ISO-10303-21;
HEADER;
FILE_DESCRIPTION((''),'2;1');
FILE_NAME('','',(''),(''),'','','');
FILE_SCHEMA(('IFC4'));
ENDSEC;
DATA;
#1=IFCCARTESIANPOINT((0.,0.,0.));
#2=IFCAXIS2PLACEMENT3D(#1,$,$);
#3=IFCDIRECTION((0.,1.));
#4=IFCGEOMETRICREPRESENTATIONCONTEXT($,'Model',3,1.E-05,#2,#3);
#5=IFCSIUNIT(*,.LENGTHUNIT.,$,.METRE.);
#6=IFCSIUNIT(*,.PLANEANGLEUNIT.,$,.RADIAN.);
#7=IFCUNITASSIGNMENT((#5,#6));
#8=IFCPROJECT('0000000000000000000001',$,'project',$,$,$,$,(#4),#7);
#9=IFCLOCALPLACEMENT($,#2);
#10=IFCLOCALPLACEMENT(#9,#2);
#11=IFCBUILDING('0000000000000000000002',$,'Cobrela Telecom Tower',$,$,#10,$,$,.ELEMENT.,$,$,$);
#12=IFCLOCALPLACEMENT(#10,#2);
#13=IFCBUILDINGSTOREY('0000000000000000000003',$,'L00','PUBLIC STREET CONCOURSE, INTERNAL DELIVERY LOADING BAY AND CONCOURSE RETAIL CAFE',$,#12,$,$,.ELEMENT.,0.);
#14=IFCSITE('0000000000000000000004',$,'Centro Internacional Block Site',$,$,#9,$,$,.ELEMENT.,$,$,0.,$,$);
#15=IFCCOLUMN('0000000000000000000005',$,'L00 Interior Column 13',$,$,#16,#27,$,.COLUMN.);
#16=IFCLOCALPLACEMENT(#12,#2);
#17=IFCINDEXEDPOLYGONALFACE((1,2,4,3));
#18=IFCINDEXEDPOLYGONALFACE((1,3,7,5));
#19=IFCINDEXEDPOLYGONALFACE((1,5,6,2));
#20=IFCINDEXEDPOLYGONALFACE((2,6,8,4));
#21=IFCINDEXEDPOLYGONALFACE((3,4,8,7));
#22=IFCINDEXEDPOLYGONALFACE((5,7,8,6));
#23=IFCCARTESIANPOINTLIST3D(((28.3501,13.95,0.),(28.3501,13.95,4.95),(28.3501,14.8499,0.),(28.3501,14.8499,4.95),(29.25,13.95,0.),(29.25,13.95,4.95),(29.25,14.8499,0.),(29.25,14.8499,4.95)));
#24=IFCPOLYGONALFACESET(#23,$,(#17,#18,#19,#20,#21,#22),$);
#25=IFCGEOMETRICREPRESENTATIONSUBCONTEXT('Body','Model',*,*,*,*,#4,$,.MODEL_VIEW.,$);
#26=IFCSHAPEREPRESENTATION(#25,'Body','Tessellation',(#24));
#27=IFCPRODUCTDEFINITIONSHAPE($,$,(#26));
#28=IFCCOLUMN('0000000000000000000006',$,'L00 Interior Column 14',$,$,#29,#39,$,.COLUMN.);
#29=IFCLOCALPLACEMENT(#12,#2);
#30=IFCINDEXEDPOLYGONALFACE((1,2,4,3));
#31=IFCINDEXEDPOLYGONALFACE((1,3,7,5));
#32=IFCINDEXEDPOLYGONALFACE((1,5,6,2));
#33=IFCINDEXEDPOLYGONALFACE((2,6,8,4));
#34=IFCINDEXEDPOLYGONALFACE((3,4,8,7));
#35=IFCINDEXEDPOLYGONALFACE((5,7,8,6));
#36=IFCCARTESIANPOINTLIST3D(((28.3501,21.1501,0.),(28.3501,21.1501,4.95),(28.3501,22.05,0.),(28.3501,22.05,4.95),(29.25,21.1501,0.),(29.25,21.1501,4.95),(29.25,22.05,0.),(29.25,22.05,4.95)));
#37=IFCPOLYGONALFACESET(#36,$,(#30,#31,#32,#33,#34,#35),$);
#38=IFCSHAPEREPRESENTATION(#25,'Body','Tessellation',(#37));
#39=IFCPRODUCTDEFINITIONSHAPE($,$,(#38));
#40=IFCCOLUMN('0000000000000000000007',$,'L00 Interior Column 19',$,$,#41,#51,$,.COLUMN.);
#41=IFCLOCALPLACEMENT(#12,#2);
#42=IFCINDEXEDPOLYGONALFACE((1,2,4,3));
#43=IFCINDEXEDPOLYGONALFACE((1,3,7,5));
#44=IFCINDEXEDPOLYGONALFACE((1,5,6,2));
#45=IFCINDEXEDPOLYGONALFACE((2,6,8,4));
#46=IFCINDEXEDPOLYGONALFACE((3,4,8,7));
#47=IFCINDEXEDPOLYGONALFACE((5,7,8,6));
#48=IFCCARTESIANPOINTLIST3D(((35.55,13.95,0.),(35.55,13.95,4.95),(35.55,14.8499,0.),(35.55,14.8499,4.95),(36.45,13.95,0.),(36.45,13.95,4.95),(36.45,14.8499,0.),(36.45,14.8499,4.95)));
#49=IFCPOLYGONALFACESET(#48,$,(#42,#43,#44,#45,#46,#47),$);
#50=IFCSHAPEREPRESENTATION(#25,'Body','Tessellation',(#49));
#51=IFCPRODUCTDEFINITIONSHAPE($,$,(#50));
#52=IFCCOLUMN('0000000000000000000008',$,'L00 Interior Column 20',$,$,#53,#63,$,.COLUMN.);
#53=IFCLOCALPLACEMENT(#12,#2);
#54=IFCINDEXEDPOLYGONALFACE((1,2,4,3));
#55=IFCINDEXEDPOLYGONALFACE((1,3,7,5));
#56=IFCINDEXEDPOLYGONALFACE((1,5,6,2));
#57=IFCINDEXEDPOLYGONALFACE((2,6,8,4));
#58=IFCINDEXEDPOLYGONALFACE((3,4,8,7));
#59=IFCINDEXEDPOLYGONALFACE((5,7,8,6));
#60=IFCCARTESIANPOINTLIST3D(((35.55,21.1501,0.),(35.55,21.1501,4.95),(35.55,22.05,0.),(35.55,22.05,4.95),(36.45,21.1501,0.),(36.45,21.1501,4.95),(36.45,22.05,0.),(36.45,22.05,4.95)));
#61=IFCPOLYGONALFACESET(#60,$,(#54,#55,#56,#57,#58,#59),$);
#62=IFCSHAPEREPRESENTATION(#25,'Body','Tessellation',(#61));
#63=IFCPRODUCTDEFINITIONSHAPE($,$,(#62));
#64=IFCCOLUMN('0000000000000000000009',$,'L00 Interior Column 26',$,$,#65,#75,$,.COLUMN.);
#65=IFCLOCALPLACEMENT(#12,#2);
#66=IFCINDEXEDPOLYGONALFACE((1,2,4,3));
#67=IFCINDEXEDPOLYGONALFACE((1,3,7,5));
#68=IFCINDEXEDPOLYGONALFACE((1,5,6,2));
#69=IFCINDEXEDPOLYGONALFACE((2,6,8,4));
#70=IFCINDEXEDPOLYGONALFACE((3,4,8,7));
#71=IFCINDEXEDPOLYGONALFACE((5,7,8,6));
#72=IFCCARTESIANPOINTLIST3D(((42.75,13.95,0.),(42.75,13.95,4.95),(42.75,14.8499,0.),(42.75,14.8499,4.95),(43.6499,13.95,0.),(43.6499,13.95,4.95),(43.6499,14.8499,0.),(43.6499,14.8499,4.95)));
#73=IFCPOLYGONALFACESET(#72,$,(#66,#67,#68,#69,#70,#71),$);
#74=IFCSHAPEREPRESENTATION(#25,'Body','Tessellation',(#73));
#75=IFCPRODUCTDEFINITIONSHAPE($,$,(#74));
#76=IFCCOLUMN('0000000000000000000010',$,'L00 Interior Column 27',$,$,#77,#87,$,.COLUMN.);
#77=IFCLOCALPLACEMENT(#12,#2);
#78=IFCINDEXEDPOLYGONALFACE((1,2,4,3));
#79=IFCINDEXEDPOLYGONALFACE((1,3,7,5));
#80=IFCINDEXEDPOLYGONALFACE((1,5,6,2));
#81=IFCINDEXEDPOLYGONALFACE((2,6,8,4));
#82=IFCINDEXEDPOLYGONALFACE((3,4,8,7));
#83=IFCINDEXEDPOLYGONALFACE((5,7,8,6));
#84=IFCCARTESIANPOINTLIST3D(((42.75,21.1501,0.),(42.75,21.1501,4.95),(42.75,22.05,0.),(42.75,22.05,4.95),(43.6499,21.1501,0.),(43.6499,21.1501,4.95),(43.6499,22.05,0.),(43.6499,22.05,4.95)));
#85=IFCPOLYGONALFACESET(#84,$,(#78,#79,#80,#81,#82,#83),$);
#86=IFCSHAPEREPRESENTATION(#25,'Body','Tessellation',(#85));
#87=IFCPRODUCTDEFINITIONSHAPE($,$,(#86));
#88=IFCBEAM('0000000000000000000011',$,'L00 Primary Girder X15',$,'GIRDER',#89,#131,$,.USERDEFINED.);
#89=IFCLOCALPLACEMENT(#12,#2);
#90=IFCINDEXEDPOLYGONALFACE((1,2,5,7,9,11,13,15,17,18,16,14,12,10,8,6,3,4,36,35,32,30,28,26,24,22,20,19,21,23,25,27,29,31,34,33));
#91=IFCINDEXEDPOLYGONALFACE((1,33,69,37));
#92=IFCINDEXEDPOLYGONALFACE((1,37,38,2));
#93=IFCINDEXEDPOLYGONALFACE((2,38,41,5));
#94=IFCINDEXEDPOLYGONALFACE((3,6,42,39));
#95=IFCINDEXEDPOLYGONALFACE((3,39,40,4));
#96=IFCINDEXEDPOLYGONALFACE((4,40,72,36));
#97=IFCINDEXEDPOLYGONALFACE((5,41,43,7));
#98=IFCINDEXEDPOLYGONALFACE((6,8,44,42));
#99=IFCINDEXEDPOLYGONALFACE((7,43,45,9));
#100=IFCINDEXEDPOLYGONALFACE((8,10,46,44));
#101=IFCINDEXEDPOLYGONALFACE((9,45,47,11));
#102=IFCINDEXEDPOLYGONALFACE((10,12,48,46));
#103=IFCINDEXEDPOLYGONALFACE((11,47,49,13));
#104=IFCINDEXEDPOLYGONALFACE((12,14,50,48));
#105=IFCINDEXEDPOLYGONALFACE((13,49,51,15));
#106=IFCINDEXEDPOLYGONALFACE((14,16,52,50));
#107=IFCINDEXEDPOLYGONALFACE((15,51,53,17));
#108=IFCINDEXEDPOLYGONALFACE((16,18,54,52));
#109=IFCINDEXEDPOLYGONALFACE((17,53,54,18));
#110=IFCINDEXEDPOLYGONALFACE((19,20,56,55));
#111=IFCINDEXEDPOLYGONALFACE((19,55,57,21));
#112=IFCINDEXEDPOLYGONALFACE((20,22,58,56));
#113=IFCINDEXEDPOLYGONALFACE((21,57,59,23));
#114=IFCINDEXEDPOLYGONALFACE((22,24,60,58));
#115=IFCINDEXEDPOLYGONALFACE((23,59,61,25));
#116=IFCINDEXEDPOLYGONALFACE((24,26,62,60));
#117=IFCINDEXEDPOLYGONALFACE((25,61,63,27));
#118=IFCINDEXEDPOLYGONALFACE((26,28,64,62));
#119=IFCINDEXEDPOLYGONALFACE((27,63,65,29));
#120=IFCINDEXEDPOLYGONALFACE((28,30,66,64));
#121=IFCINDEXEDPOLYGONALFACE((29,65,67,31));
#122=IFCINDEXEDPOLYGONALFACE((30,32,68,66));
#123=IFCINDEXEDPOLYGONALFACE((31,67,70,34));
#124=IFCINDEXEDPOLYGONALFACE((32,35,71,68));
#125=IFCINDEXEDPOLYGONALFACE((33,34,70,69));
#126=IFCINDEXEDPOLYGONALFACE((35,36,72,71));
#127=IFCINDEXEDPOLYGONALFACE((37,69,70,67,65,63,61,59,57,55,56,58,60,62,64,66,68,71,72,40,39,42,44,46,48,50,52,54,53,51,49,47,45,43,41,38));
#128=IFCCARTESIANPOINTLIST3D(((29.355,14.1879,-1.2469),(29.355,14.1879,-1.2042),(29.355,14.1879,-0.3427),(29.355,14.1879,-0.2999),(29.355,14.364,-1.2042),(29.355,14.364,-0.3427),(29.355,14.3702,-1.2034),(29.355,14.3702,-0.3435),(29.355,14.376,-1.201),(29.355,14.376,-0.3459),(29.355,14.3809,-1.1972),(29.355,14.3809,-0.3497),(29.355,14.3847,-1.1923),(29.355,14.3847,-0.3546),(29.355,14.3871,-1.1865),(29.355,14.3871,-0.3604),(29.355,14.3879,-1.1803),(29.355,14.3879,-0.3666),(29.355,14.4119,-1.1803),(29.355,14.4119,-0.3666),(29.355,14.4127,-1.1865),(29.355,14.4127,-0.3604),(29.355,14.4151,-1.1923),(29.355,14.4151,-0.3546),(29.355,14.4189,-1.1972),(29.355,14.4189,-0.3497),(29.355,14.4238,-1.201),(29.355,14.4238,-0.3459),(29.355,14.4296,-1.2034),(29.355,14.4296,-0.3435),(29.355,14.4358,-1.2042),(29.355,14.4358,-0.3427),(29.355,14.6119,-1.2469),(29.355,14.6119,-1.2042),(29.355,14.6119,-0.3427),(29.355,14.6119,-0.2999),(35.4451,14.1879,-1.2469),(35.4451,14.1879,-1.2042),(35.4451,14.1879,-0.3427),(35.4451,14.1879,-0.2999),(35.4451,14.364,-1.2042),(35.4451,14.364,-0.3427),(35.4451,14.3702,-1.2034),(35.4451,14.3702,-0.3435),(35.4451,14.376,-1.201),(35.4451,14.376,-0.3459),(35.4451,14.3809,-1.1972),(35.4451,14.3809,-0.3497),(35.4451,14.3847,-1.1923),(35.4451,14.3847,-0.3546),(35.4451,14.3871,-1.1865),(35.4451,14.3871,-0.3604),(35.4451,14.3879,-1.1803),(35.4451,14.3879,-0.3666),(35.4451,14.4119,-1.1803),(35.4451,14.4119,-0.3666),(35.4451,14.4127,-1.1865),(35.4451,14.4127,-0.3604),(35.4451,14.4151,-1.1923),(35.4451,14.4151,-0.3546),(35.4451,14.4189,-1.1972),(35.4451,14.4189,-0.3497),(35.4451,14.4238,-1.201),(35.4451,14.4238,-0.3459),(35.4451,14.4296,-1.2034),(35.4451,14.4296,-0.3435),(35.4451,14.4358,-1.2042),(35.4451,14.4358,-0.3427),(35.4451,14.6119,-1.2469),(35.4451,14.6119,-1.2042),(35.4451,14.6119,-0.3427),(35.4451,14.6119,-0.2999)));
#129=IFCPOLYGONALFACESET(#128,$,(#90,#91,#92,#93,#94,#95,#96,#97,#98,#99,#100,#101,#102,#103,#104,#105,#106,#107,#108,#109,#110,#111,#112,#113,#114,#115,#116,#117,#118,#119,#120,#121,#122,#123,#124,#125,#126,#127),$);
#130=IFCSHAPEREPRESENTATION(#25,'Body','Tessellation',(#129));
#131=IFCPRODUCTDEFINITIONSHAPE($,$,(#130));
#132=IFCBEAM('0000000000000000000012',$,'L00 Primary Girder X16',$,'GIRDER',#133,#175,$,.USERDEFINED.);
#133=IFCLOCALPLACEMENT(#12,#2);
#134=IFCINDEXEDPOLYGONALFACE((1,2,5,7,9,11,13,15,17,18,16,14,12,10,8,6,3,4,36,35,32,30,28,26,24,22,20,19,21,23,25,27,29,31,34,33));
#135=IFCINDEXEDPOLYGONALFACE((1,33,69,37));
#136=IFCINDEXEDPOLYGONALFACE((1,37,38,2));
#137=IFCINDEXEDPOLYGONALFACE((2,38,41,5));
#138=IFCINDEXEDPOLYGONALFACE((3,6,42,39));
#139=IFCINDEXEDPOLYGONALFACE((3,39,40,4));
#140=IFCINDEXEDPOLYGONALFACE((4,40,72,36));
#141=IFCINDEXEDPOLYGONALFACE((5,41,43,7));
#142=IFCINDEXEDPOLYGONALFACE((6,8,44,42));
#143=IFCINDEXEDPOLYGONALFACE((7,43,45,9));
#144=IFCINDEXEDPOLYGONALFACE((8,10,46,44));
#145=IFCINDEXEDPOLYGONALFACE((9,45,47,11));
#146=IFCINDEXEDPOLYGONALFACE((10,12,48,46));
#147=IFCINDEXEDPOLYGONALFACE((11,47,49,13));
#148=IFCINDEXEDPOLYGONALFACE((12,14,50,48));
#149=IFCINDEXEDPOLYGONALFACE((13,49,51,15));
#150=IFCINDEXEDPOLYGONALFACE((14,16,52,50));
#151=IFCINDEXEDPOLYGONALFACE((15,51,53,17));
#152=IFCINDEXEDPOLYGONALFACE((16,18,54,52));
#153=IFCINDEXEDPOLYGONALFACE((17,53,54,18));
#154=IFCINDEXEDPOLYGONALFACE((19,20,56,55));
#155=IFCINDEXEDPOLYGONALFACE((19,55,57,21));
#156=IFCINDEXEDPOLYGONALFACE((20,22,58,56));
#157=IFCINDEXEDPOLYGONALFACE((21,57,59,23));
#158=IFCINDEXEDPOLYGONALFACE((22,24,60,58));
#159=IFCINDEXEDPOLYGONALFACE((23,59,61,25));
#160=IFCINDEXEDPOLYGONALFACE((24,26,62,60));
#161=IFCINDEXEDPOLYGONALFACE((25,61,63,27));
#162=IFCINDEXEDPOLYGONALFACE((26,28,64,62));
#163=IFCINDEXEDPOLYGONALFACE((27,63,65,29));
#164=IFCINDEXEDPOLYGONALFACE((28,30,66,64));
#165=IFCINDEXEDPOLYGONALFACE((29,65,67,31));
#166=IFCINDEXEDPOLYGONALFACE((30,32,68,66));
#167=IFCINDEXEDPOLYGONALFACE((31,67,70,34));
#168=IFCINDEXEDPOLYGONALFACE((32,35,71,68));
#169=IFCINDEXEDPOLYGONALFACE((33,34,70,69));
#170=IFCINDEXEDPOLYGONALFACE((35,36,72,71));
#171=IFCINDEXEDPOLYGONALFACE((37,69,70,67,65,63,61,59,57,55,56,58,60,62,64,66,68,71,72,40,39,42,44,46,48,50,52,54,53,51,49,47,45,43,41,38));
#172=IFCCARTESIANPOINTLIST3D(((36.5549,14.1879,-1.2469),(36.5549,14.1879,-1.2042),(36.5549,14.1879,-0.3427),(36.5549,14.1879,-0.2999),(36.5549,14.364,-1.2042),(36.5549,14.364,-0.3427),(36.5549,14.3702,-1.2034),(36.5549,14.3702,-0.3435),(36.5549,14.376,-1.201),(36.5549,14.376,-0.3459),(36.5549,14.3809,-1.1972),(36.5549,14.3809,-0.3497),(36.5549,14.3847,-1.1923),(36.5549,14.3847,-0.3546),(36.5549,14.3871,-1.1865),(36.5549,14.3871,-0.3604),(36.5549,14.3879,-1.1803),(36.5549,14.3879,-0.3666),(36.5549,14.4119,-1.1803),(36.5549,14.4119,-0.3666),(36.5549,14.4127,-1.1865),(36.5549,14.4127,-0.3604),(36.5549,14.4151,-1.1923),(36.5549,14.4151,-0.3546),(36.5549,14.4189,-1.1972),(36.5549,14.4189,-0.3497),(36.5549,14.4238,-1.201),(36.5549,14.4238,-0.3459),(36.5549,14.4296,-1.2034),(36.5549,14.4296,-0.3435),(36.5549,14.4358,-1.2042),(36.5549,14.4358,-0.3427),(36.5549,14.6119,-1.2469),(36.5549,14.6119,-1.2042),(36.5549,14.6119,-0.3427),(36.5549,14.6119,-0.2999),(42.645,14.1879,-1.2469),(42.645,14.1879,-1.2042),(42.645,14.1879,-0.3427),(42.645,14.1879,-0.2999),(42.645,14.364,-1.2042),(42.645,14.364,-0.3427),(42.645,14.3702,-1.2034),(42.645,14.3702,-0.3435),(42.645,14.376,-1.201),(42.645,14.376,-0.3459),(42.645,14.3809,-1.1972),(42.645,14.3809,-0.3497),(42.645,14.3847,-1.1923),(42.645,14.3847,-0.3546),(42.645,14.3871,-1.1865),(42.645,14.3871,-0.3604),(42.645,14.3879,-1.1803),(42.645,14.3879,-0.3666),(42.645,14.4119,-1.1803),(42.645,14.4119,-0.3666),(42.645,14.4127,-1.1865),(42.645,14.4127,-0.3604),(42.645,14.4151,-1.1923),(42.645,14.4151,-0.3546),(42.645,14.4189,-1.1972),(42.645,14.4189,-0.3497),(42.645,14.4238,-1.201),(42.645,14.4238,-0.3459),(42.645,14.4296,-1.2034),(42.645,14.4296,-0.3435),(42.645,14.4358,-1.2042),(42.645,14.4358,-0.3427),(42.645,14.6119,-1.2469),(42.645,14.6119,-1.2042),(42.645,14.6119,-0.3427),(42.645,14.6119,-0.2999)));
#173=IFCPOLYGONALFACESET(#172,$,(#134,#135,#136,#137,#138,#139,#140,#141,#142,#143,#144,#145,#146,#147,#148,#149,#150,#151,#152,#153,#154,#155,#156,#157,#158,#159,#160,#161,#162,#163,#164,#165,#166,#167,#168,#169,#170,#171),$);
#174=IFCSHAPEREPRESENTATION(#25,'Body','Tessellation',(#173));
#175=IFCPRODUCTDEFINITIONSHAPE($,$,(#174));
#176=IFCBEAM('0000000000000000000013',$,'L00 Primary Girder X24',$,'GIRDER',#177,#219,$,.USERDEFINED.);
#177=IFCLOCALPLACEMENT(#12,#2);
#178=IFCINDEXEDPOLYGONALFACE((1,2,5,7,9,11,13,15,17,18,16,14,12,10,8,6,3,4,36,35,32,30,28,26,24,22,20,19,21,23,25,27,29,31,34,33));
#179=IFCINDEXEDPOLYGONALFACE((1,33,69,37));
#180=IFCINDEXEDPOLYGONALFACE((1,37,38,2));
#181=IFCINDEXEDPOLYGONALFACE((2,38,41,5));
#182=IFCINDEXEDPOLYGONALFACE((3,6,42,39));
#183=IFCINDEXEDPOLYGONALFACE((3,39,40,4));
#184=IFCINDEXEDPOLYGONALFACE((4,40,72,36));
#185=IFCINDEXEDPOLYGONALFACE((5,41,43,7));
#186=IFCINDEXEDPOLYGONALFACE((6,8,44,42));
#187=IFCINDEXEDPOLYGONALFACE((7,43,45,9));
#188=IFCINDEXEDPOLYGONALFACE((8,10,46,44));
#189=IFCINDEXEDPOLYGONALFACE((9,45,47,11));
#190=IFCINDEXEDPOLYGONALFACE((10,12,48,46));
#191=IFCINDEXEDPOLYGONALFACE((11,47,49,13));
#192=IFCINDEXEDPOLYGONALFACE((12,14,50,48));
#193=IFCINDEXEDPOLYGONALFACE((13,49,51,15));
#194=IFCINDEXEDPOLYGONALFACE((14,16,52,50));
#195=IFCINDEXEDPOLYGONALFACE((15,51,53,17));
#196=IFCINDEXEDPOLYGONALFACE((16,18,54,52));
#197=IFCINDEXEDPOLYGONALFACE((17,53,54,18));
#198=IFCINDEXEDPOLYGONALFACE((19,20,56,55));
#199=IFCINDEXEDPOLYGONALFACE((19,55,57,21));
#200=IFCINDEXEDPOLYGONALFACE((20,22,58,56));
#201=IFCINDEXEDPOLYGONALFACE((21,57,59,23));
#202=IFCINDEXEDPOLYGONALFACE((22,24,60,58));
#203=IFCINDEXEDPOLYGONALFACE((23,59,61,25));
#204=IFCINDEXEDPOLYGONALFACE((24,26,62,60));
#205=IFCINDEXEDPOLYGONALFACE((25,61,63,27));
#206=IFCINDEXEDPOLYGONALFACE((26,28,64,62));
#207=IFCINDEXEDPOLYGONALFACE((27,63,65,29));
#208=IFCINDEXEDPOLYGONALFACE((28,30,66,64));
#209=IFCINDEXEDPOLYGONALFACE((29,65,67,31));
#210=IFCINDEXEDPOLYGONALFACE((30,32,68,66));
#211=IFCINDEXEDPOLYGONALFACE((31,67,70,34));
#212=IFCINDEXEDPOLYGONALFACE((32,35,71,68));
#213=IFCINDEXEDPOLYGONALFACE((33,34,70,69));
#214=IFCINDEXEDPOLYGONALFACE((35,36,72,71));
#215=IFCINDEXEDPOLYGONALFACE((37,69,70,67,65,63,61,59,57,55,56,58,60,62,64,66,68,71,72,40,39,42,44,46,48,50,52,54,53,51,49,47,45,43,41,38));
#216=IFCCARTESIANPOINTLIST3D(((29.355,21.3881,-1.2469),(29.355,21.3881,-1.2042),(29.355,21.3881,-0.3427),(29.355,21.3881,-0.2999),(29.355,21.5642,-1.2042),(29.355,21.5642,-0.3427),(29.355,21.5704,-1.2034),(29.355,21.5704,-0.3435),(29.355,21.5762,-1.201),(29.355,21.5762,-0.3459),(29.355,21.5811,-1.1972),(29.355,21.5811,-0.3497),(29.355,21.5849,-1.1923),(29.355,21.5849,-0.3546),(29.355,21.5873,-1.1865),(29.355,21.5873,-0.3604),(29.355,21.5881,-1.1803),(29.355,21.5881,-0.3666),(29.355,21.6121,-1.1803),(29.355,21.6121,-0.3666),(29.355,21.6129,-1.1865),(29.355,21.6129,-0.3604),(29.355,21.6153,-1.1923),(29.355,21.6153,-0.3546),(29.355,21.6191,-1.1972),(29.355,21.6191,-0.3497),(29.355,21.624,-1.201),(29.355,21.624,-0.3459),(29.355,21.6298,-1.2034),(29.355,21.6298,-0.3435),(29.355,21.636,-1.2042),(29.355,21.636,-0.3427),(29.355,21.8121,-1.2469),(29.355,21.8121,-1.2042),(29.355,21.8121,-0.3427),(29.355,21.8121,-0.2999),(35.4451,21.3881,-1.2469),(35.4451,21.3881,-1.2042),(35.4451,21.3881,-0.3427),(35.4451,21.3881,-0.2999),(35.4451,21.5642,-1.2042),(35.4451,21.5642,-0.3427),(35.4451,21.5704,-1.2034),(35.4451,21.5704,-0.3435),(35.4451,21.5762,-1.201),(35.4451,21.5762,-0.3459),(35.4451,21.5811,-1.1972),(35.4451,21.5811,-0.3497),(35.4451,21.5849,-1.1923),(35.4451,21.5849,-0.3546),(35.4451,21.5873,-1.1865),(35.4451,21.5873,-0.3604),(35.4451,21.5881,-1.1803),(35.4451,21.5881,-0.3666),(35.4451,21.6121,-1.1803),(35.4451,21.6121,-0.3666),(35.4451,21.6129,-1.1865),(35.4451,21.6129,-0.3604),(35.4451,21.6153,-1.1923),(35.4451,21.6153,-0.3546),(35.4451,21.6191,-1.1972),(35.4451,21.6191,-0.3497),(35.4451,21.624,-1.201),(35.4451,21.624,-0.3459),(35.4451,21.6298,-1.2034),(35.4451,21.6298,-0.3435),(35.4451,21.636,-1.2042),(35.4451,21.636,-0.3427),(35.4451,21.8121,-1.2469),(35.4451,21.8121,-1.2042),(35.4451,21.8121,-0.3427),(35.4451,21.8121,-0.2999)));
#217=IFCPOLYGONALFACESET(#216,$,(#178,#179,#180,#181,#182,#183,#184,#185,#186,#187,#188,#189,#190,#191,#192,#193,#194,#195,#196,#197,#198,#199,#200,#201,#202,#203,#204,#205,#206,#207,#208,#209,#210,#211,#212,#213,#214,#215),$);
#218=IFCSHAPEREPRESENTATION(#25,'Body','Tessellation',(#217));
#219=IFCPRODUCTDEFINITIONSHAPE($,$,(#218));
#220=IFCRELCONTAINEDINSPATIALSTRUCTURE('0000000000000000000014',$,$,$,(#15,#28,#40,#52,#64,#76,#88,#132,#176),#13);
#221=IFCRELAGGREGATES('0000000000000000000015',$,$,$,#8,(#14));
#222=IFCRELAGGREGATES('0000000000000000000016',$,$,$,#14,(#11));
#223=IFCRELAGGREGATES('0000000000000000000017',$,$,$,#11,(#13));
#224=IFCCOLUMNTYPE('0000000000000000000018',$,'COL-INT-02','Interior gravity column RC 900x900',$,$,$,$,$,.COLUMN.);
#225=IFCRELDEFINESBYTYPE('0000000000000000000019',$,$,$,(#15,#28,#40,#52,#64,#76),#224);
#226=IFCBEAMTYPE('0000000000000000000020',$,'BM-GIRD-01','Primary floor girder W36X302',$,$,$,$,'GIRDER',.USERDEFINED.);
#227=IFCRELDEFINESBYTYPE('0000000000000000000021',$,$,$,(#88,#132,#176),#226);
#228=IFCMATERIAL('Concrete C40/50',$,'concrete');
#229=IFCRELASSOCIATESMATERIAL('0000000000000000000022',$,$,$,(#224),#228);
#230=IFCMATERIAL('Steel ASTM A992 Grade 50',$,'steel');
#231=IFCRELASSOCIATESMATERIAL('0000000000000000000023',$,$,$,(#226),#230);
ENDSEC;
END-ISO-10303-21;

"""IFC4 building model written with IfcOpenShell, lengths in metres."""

from ifc_helpers import new_model, si_unit, direction, frame, origin, origin_2d, place, context, subcontext, project, spatial, rectangle, i_section, extrude, material, material_profile, profile_set, type_object, element, save


model = new_model("IFC4")

# Units and contexts
model_context = context("Model", 3, precision=1e-05, world=origin(), true_north=direction((0.0, 1.0)))
body_context = subcontext(model_context, "Body", "Model", "MODEL_VIEW")
ifc_project = project(units=[si_unit("LENGTHUNIT", "METRE"), si_unit("PLANEANGLEUNIT", "RADIAN")], contexts=[model_context])

# Site, building, storey
site_placement = place(None, origin())
site = spatial("IfcSite", under=ifc_project, at=site_placement, Name="Centro Internacional Block Site", CompositionType="ELEMENT", RefElevation=0.0)
building_placement = place(site_placement, origin())
building = spatial("IfcBuilding", under=site, at=building_placement, Name="Cobrela Telecom Tower", CompositionType="ELEMENT")
storey_placement = place(building_placement, origin())
storey = spatial("IfcBuildingStorey", under=building, at=storey_placement, Name="L00", Description="PUBLIC STREET CONCOURSE, INTERNAL DELIVERY LOADING BAY AND CONCOURSE RETAIL CAFE", CompositionType="ELEMENT", Elevation=0.0)

# Columns
ifc_material_1 = material(Name="Concrete C40/50", Category="concrete")
ifc_material_profile_1 = material_profile(ifc_material_1, rectangle(XDim=0.8999, YDim=0.8999, at=origin_2d()), Name="RC 900x900")
ifc_profile_set_1 = profile_set([ifc_material_profile_1], Name="Concrete C40/50")
column_type = type_object("IfcColumnType", Name="COL-INT-02", Description="Interior gravity column RC 900x900", PredefinedType="COLUMN", material=ifc_profile_set_1)
for number, where, z_axis, x_axis, name in (
    (1, (28.8, 14.3999, 0.0), (0.0, 0.0, 1.0), (1.0, 0.0, 0.0), "L00 Interior Column 13"),
    (2, (28.8, 21.6001, 0.0), (0.0, 0.0, 1.0), (1.0, 0.0, 0.0), "L00 Interior Column 14"),
    (3, (36.0, 14.3999, 0.0), (0.0, 0.0, 1.0), (1.0, 0.0, 0.0), "L00 Interior Column 19"),
    (4, (36.0, 21.6001, 0.0), (0.0, 0.0, 1.0), (1.0, 0.0, 0.0), "L00 Interior Column 20"),
    (5, (43.2, 14.3999, 0.0), (0.0, 0.0, 1.0), (1.0, 0.0, 0.0), "L00 Interior Column 26"),
    (6, (43.2, 21.6001, 0.0), (0.0, 0.0, 1.0), (1.0, 0.0, 0.0), "L00 Interior Column 27"),
):
    element("IfcColumn", number, at=place(storey_placement, frame(where, z_axis=z_axis, x_axis=x_axis)), inside=storey, type_object=column_type, Name=name, PredefinedType="COLUMN", context=body_context, shape_type="SweptSolid", body=[
        extrude(rectangle(XDim=0.8999, YDim=0.8999, at=origin_2d()), origin(), (0.0, 0.0, 1.0), 4.95),
    ])

# Beams
ifc_material_2 = material(Name="Steel ASTM A992 Grade 50", Category="steel")
ifc_material_profile_2 = material_profile(ifc_material_2, i_section(OverallWidth=0.4241, OverallDepth=0.947, WebThickness=0.0239, FlangeThickness=0.0427, FilletRadius=0.0239, at=origin_2d()), Name="W36X302")
ifc_profile_set_2 = profile_set([ifc_material_profile_2], Name="Steel ASTM A992 Grade 50")
beam_type_1 = type_object("IfcBeamType", Name="BM-GIRD-01", Description="Primary floor girder W36X302", ElementType="GIRDER", PredefinedType="USERDEFINED", material=ifc_profile_set_2)
for number, where, z_axis, x_axis, name in (
    (7, (29.355, 14.3999, -0.7734), (1.0, 0.0, 0.0), (0.0, 1.0, 0.0), "L00 Primary Girder X15"),
    (8, (36.5549, 14.3999, -0.7734), (1.0, 0.0, 0.0), (0.0, 1.0, 0.0), "L00 Primary Girder X16"),
    (9, (29.355, 21.6001, -0.7734), (1.0, 0.0, 0.0), (0.0, 1.0, 0.0), "L00 Primary Girder X24"),
):
    element("IfcBeam", number, at=place(storey_placement, frame(where, z_axis=z_axis, x_axis=x_axis)), inside=storey, type_object=beam_type_1, Name=name, ObjectType="GIRDER", PredefinedType="USERDEFINED", context=body_context, shape_type="SweptSolid", body=[
        extrude(i_section(OverallWidth=0.4241, OverallDepth=0.947, WebThickness=0.0239, FlangeThickness=0.0427, FilletRadius=0.0239, at=origin_2d()), origin(), (0.0, 0.0, 1.0), 6.0901),
    ])

save(model, "model.ifc")
